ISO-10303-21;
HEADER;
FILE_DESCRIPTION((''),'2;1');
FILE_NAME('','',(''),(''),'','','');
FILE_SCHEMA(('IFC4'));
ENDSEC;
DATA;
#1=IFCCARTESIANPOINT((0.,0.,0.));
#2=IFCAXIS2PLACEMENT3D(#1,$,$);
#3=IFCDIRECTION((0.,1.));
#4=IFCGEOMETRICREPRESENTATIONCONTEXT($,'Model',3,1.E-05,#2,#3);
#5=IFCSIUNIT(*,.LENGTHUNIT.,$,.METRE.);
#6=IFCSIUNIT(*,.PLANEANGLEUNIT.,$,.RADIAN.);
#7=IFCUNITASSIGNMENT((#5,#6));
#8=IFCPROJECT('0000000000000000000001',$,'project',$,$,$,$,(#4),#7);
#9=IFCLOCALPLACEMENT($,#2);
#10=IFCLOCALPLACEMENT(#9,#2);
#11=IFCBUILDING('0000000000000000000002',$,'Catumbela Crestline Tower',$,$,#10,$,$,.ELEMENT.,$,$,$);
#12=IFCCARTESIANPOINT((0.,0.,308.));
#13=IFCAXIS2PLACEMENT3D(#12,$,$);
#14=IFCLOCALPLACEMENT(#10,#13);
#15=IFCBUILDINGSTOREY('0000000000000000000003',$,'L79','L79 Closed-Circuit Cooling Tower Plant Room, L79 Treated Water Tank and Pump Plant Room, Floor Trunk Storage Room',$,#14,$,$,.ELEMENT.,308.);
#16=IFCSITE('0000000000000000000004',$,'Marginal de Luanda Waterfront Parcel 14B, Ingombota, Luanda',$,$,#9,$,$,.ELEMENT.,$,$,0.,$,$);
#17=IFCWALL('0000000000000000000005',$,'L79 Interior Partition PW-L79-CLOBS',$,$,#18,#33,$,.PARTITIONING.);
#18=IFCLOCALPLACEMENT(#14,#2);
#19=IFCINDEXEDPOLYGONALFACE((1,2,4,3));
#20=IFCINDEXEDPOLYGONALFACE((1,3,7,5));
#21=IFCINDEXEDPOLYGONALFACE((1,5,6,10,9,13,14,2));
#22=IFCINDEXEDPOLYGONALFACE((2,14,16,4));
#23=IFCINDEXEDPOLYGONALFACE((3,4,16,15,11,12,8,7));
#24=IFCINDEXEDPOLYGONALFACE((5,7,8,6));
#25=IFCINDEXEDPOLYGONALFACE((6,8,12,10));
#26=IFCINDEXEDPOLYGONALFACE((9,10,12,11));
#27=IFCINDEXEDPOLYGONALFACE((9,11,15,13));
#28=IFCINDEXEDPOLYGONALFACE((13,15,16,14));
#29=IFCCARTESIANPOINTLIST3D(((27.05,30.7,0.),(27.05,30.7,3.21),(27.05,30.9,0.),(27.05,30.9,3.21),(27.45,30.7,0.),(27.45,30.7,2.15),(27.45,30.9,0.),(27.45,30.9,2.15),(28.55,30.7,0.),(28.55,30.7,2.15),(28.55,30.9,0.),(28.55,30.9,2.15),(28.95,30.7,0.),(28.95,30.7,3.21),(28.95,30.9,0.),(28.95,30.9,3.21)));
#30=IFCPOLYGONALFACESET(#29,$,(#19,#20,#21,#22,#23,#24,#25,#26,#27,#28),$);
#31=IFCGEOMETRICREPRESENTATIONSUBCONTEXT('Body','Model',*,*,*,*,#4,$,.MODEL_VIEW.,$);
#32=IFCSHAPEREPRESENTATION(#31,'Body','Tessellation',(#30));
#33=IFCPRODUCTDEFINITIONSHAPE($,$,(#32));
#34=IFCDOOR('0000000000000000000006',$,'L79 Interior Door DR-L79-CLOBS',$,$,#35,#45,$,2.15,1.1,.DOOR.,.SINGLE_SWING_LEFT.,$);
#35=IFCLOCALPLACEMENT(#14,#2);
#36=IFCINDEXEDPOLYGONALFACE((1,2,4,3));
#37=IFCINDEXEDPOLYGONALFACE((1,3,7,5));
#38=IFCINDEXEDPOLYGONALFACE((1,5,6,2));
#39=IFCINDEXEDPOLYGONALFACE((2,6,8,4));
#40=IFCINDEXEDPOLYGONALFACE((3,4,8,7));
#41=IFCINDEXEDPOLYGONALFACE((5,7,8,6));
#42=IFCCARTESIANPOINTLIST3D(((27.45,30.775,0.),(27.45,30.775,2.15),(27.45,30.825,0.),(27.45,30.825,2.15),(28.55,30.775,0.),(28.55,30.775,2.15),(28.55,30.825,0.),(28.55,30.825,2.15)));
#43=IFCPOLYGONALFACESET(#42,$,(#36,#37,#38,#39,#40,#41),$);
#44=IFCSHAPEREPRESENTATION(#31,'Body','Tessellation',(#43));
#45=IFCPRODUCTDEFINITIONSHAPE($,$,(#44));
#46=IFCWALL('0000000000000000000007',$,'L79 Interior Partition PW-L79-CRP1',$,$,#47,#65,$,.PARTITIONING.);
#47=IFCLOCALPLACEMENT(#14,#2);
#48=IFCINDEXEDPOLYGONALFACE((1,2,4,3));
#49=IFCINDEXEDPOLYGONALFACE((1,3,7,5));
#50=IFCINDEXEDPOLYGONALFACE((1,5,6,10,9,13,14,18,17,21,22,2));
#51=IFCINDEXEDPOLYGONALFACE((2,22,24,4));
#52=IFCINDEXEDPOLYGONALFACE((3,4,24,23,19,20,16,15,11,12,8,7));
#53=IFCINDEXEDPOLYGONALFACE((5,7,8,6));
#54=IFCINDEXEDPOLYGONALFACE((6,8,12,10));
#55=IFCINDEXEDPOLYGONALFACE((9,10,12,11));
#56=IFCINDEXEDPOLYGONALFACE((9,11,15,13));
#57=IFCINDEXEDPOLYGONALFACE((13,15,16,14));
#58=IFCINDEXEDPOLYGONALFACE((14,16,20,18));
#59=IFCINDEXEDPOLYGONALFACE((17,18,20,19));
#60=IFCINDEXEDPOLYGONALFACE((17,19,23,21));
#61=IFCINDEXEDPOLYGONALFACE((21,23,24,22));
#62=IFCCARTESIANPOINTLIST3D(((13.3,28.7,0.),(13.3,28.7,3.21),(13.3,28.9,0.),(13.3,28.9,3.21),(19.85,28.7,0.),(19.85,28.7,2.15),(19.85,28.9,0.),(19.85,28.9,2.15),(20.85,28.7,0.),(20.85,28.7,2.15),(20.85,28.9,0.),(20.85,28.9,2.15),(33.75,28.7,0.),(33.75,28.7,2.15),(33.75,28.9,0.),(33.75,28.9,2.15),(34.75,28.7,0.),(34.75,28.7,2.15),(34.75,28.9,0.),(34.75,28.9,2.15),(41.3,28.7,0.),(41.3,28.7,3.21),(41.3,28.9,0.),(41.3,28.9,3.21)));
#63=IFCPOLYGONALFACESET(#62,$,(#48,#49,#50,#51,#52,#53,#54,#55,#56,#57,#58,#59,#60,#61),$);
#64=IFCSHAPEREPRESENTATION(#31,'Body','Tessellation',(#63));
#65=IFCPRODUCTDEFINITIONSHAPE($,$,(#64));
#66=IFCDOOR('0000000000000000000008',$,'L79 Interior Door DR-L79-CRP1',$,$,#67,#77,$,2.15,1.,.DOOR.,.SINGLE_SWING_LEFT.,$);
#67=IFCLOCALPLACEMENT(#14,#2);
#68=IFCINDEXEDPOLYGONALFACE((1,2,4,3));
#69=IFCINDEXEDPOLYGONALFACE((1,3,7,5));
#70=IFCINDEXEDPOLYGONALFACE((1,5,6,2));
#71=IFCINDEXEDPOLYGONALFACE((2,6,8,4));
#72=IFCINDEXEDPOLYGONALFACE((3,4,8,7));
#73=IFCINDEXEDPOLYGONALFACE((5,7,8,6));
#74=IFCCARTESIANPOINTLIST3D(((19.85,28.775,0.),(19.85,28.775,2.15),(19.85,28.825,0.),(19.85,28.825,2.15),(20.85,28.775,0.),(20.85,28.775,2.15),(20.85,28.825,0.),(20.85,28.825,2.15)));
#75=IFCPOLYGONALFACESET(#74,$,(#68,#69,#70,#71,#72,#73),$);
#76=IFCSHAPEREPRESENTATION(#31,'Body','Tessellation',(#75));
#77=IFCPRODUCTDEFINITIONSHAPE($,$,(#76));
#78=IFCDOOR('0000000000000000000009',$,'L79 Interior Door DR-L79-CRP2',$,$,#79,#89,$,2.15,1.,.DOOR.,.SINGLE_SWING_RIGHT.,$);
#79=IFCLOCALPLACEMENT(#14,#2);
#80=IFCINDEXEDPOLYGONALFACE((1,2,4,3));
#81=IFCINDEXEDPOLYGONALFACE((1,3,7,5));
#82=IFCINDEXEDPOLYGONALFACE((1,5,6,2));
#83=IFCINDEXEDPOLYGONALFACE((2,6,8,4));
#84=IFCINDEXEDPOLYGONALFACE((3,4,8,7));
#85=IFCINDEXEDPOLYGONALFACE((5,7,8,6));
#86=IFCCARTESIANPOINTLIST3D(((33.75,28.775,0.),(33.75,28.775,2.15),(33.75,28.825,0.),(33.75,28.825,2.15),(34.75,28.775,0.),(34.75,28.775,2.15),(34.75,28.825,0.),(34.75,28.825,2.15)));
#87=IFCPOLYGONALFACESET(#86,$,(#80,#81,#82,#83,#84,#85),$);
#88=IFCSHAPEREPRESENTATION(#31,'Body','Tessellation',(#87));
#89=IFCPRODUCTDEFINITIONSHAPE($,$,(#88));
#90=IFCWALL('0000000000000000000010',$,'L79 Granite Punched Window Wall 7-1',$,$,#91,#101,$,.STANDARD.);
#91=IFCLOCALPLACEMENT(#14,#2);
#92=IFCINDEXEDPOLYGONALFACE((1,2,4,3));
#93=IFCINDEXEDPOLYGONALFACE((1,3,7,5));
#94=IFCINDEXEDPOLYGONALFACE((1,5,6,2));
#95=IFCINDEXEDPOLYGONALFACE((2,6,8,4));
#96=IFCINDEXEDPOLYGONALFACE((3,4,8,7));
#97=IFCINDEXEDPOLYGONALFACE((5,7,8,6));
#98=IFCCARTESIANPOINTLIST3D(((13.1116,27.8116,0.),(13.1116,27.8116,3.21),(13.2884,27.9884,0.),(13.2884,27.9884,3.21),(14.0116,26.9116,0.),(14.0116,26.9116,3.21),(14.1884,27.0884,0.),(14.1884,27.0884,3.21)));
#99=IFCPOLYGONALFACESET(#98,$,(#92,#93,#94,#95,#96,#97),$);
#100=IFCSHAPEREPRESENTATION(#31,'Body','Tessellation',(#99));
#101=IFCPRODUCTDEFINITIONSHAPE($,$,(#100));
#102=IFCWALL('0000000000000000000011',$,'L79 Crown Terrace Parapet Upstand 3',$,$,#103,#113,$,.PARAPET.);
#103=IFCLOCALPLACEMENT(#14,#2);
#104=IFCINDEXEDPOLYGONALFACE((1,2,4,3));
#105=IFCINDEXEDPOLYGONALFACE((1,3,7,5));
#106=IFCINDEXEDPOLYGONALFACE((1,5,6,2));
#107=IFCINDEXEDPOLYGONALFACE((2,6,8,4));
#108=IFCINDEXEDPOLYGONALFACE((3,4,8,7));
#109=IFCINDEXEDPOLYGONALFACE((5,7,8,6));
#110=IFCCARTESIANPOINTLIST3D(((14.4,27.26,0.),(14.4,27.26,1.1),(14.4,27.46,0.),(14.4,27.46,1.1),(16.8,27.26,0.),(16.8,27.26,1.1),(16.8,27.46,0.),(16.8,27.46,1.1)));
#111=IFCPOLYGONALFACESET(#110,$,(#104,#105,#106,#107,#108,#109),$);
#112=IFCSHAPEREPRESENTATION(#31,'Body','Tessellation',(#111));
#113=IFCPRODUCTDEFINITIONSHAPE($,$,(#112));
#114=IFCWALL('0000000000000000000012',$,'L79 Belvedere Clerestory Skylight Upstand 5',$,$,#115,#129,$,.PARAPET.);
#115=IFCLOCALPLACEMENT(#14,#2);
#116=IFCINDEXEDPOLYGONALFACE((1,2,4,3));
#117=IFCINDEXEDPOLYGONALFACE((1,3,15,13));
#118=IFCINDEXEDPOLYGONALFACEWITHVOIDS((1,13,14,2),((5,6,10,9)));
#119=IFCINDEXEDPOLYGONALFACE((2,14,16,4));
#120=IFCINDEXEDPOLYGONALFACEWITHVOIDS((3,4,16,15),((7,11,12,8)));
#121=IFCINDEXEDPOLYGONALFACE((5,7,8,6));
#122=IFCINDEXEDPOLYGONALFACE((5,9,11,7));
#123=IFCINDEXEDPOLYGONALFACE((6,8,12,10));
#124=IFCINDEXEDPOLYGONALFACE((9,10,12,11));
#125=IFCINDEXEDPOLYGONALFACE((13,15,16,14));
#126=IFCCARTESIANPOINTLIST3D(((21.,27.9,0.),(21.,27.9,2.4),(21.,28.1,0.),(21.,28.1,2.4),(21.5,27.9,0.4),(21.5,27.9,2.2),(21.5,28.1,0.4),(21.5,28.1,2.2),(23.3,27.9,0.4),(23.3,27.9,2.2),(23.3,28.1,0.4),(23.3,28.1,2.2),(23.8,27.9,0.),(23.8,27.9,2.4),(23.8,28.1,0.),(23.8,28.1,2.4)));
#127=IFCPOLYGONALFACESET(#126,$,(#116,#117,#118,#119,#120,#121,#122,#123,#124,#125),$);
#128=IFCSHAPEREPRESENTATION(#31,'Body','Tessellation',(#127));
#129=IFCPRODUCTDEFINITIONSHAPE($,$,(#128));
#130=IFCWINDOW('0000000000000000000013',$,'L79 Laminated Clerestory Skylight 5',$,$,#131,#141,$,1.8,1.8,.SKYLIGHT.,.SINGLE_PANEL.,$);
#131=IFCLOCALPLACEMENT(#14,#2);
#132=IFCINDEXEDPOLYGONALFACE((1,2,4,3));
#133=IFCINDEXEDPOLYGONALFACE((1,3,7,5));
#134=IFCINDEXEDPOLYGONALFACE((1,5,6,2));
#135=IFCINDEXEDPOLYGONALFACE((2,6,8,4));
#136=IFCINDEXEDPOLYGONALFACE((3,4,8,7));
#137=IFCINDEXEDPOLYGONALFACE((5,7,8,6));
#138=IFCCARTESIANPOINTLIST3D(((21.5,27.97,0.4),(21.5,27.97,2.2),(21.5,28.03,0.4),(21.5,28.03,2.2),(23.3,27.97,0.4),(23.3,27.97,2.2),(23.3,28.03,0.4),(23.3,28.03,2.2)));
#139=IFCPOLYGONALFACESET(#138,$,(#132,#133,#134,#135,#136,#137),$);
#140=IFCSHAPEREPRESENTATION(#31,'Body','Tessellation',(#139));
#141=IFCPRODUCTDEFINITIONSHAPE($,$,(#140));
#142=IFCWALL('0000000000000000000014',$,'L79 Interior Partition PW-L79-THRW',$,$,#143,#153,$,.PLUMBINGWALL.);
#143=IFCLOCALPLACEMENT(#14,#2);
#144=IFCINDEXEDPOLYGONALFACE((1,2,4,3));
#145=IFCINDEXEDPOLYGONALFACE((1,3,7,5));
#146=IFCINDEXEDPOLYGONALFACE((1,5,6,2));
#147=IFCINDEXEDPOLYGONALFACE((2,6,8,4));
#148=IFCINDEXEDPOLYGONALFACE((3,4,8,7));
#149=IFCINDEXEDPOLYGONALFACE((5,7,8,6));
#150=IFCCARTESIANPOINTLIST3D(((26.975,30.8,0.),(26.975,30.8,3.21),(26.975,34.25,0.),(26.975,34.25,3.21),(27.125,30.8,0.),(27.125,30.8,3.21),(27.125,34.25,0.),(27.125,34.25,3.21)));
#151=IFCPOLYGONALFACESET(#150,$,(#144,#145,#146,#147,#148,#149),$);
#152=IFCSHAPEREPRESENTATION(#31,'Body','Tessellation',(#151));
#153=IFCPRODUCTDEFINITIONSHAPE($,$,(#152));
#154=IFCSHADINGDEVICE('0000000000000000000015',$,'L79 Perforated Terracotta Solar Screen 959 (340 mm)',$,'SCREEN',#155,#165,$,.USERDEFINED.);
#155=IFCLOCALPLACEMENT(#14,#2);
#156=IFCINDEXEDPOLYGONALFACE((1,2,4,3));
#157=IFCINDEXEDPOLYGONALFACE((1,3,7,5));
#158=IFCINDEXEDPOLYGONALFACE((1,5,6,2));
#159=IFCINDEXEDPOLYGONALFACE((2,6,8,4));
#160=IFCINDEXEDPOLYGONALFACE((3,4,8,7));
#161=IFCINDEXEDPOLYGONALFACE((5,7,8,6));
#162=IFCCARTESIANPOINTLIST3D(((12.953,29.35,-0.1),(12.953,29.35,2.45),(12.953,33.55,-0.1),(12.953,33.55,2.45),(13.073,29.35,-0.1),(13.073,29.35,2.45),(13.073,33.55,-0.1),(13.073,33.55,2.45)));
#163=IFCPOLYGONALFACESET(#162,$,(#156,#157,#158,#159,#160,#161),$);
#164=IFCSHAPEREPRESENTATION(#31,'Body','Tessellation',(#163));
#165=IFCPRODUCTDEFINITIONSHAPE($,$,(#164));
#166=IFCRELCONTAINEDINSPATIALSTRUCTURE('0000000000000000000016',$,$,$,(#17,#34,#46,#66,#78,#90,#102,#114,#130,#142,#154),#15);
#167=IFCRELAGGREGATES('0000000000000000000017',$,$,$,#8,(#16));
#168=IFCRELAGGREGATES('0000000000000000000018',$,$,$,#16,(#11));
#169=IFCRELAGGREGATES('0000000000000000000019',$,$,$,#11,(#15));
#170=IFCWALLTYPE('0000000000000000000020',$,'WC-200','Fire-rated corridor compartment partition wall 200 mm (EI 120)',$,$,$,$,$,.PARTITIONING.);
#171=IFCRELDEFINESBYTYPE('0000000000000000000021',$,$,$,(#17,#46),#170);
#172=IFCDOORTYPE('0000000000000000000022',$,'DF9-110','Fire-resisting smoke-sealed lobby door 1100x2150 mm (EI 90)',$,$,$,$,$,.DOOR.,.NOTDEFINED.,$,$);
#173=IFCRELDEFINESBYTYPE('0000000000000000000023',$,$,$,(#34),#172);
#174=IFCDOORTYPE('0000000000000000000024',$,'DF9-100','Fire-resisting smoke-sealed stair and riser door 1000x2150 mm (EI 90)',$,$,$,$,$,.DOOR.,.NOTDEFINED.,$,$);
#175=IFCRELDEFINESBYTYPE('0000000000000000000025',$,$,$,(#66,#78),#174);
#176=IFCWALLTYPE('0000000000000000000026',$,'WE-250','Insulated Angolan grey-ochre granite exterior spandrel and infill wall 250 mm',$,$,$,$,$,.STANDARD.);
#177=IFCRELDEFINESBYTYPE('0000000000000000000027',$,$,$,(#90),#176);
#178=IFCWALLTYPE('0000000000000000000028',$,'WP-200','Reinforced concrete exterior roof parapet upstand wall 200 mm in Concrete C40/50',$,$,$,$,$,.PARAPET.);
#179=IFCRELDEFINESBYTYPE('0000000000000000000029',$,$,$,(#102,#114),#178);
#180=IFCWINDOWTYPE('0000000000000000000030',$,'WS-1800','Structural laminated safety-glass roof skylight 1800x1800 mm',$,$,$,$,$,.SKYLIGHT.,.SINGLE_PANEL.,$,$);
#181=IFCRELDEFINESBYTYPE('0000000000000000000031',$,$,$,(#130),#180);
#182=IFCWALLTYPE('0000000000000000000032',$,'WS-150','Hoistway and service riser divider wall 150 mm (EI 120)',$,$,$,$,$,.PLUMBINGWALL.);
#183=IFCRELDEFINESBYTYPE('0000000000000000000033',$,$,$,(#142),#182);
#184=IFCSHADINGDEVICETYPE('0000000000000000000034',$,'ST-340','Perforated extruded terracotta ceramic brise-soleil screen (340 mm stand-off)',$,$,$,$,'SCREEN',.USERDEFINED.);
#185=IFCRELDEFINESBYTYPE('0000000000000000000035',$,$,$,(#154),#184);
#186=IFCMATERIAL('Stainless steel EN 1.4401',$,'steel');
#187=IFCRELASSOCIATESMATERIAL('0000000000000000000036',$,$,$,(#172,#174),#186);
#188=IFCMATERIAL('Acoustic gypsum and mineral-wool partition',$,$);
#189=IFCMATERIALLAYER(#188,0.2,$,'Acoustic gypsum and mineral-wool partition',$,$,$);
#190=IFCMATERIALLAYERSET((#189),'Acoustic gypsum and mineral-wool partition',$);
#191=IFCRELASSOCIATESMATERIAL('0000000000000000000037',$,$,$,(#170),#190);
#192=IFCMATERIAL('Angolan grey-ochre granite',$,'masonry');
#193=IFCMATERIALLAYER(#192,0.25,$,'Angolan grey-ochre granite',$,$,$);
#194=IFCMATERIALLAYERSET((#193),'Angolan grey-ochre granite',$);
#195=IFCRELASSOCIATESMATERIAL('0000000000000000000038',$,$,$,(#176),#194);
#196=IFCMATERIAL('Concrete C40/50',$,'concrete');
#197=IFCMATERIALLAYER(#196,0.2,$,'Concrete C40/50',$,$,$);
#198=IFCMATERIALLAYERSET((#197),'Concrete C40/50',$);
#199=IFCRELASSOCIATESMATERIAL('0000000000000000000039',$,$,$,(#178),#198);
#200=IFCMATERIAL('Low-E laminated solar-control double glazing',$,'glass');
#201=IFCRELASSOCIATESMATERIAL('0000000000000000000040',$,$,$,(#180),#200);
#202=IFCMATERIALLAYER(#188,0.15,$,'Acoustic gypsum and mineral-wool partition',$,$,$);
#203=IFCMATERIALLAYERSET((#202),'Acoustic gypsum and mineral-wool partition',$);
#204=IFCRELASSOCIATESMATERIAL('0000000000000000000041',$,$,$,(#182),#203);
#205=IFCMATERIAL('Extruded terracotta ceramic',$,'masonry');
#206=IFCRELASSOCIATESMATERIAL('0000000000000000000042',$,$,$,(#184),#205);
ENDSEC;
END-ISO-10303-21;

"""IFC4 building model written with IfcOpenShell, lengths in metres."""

from ifc_helpers import new_model, si_unit, direction, frame, frame_2d, origin, origin_2d, place, context, subcontext, project, spatial, rectangle, extrude, material, layer, layer_set, type_object, element, fill, save


model = new_model("IFC4")

# Units and contexts
model_context = context("Model", 3, precision=1e-05, world=origin(), true_north=direction((0.0, 1.0)))
body_context = subcontext(model_context, "Body", "Model", "MODEL_VIEW")
ifc_project = project(units=[si_unit("LENGTHUNIT", "METRE"), si_unit("PLANEANGLEUNIT", "RADIAN")], contexts=[model_context])

# Site, building, storey
site_placement = place(None, origin())
site = spatial("IfcSite", under=ifc_project, at=site_placement, Name="Marginal de Luanda Waterfront Parcel 14B, Ingombota, Luanda", CompositionType="ELEMENT", RefElevation=0.0)
building_placement = place(site_placement, origin())
building = spatial("IfcBuilding", under=site, at=building_placement, Name="Catumbela Crestline Tower", CompositionType="ELEMENT")
storey_placement = place(building_placement, frame((0.0, 0.0, 308.0)))
storey = spatial("IfcBuildingStorey", under=building, at=storey_placement, Name="L79", Description="L79 Closed-Circuit Cooling Tower Plant Room, L79 Treated Water Tank and Pump Plant Room, Floor Trunk Storage Room", CompositionType="ELEMENT", Elevation=308.0)

# Shared definitions
ifc_material_1 = material(Name="Low-E laminated solar-control double glazing", Category="glass")

# Wall, opening, door
ifc_material_2 = material(Name="Stainless steel EN 1.4401", Category="steel")
door_type_1 = type_object("IfcDoorType", Name="DF9-110", Description="Fire-resisting smoke-sealed lobby door 1100x2150 mm (EI 90)", OperationType="NOTDEFINED", PredefinedType="DOOR", material=ifc_material_2)
ifc_material_3 = material(Name="Acoustic gypsum and mineral-wool partition")
ifc_layer_1 = layer(ifc_material_3, 0.2, Name="Acoustic gypsum and mineral-wool partition")
ifc_layer_set_1 = layer_set([ifc_layer_1], Name="Acoustic gypsum and mineral-wool partition")
wall_type_1 = type_object("IfcWallType", Name="WC-200", Description="Fire-rated corridor compartment partition wall 200 mm (EI 120)", PredefinedType="PARTITIONING", material=ifc_layer_set_1)
wall_1_placement = place(storey_placement, frame((27.05, 30.8, 0.0), z_axis=(0.0, 0.0, 1.0), x_axis=(1.0, 0.0, 0.0)))
wall_1 = element("IfcWall", 1, at=wall_1_placement, inside=storey, type_object=wall_type_1, Name="L79 Interior Partition PW-L79-CLOBS", PredefinedType="PARTITIONING", context=body_context, shape_type="SweptSolid", body=[
    extrude(rectangle(XDim=1.9, YDim=0.2, at=frame_2d((0.95, 0.0))), origin(), (0.0, 0.0, 1.0), 3.21),
])
opening_1_placement = place(wall_1_placement, frame((0.4, 0.0, 0.0)))
opening_1 = element("IfcOpeningElement", 2, at=opening_1_placement, cuts=wall_1, PredefinedType="OPENING", context=body_context, shape_type="SweptSolid", body=[
    extrude(rectangle(XDim=1.1, YDim=2.15, at=frame_2d((0.55, 1.075))), frame((0.0, 0.11, 0.0), z_axis=(0.0, -1.0, 0.0), x_axis=(1.0, 0.0, 0.0)), (0.0, 0.0, 1.0), 0.22),
])
door_1_placement = place(opening_1_placement, origin())
door_1 = element("IfcDoor", 3, at=door_1_placement, inside=storey, type_object=door_type_1, Name="L79 Interior Door DR-L79-CLOBS", OperationType="SINGLE_SWING_LEFT", OverallHeight=2.15, OverallWidth=1.1, PredefinedType="DOOR", context=body_context, shape_type="SweptSolid", body=[
    extrude(rectangle(XDim=1.1, YDim=2.15, at=frame_2d((0.55, 1.075))), frame((0.0, 0.025, 0.0), z_axis=(0.0, -1.0, 0.0), x_axis=(1.0, 0.0, 0.0)), (0.0, 0.0, 1.0), 0.05),
])
fill(opening_1, door_1)

# Wall, openings, doors
wall_2_placement = place(storey_placement, frame((13.3, 28.8, 0.0), z_axis=(0.0, 0.0, 1.0), x_axis=(1.0, 0.0, 0.0)))
wall_2 = element("IfcWall", 4, at=wall_2_placement, inside=storey, type_object=wall_type_1, Name="L79 Interior Partition PW-L79-CRP1", PredefinedType="PARTITIONING", context=body_context, shape_type="SweptSolid", body=[
    extrude(rectangle(XDim=28.0, YDim=0.2, at=frame_2d((14.0, 0.0))), origin(), (0.0, 0.0, 1.0), 3.21),
])
opening_2_placement = place(wall_2_placement, frame((6.55, 0.0, 0.0)))
opening_2 = element("IfcOpeningElement", 5, at=opening_2_placement, cuts=wall_2, PredefinedType="OPENING", context=body_context, shape_type="SweptSolid", body=[
    extrude(rectangle(XDim=1.0, YDim=2.15, at=frame_2d((0.5, 1.075))), frame((0.0, 0.11, 0.0), z_axis=(0.0, -1.0, 0.0), x_axis=(1.0, 0.0, 0.0)), (0.0, 0.0, 1.0), 0.22),
])
opening_3_placement = place(wall_2_placement, frame((20.45, 0.0, 0.0)))
opening_3 = element("IfcOpeningElement", 6, at=opening_3_placement, cuts=wall_2, PredefinedType="OPENING", context=body_context, shape_type="SweptSolid", body=[
    extrude(rectangle(XDim=1.0, YDim=2.15, at=frame_2d((0.5, 1.075))), frame((0.0, 0.11, 0.0), z_axis=(0.0, -1.0, 0.0), x_axis=(1.0, 0.0, 0.0)), (0.0, 0.0, 1.0), 0.22),
])
door_type_2 = type_object("IfcDoorType", Name="DF9-100", Description="Fire-resisting smoke-sealed stair and riser door 1000x2150 mm (EI 90)", OperationType="NOTDEFINED", PredefinedType="DOOR", material=ifc_material_2)
door_2_placement = place(opening_2_placement, origin())
door_2 = element("IfcDoor", 7, at=door_2_placement, inside=storey, type_object=door_type_2, Name="L79 Interior Door DR-L79-CRP1", OperationType="SINGLE_SWING_LEFT", OverallHeight=2.15, OverallWidth=1.0, PredefinedType="DOOR", context=body_context, shape_type="SweptSolid", body=[
    extrude(rectangle(XDim=1.0, YDim=2.15, at=frame_2d((0.5, 1.075))), frame((0.0, 0.025, 0.0), z_axis=(0.0, -1.0, 0.0), x_axis=(1.0, 0.0, 0.0)), (0.0, 0.0, 1.0), 0.05),
])
fill(opening_2, door_2)
door_3_placement = place(opening_3_placement, origin())
door_3 = element("IfcDoor", 8, at=door_3_placement, inside=storey, type_object=door_type_2, Name="L79 Interior Door DR-L79-CRP2", OperationType="SINGLE_SWING_RIGHT", OverallHeight=2.15, OverallWidth=1.0, PredefinedType="DOOR", context=body_context, shape_type="SweptSolid", body=[
    extrude(rectangle(XDim=1.0, YDim=2.15, at=frame_2d((0.5, 1.075))), frame((0.0, 0.025, 0.0), z_axis=(0.0, -1.0, 0.0), x_axis=(1.0, 0.0, 0.0)), (0.0, 0.0, 1.0), 0.05),
])
fill(opening_3, door_3)

# Walls
ifc_material_4 = material(Name="Angolan grey-ochre granite", Category="masonry")
ifc_layer_2 = layer(ifc_material_4, 0.25, Name="Angolan grey-ochre granite")
ifc_layer_set_2 = layer_set([ifc_layer_2], Name="Angolan grey-ochre granite")
wall_type_2 = type_object("IfcWallType", Name="WE-250", Description="Insulated Angolan grey-ochre granite exterior spandrel and infill wall 250 mm", PredefinedType="STANDARD", material=ifc_layer_set_2)
wall_3_placement = place(storey_placement, frame((13.2, 27.9, 0.0), z_axis=(0.0, 0.0, 1.0), x_axis=(0.707107, -0.707107, 0.0)))
element("IfcWall", 9, at=wall_3_placement, inside=storey, type_object=wall_type_2, Name="L79 Granite Punched Window Wall 7-1", PredefinedType="STANDARD", context=body_context, shape_type="SweptSolid", body=[
    extrude(rectangle(XDim=1.2728, YDim=0.25, at=frame_2d((0.6364, 0.0))), origin(), (0.0, 0.0, 1.0), 3.21),
])
ifc_material_5 = material(Name="Concrete C40/50", Category="concrete")
ifc_layer_3 = layer(ifc_material_5, 0.2, Name="Concrete C40/50")
ifc_layer_set_3 = layer_set([ifc_layer_3], Name="Concrete C40/50")
wall_type_3 = type_object("IfcWallType", Name="WP-200", Description="Reinforced concrete exterior roof parapet upstand wall 200 mm in Concrete C40/50", PredefinedType="PARAPET", material=ifc_layer_set_3)
wall_4_placement = place(storey_placement, frame((14.4, 27.36, 0.0), z_axis=(0.0, 0.0, 1.0), x_axis=(1.0, 0.0, 0.0)))
element("IfcWall", 10, at=wall_4_placement, inside=storey, type_object=wall_type_3, Name="L79 Crown Terrace Parapet Upstand 3", PredefinedType="PARAPET", context=body_context, shape_type="SweptSolid", body=[
    extrude(rectangle(XDim=2.4, YDim=0.2, at=frame_2d((1.2, 0.0))), origin(), (0.0, 0.0, 1.0), 1.1),
])

# Wall, opening, window
wall_5_placement = place(storey_placement, frame((21.0, 28.0, 0.0), z_axis=(0.0, 0.0, 1.0), x_axis=(1.0, 0.0, 0.0)))
wall_5 = element("IfcWall", 11, at=wall_5_placement, inside=storey, type_object=wall_type_3, Name="L79 Belvedere Clerestory Skylight Upstand 5", PredefinedType="PARAPET", context=body_context, shape_type="SweptSolid", body=[
    extrude(rectangle(XDim=2.8, YDim=0.2, at=frame_2d((1.4, 0.0))), origin(), (0.0, 0.0, 1.0), 2.4),
])
opening_4_placement = place(wall_5_placement, frame((0.5, 0.0, 0.4)))
opening_4 = element("IfcOpeningElement", 12, at=opening_4_placement, cuts=wall_5, PredefinedType="OPENING", context=body_context, shape_type="SweptSolid", body=[
    extrude(rectangle(XDim=1.8, YDim=1.8, at=frame_2d((0.9, 0.9))), frame((0.0, 0.11, 0.0), z_axis=(0.0, -1.0, 0.0), x_axis=(1.0, 0.0, 0.0)), (0.0, 0.0, 1.0), 0.22),
])
window_type = type_object("IfcWindowType", Name="WS-1800", Description="Structural laminated safety-glass roof skylight 1800x1800 mm", PartitioningType="SINGLE_PANEL", PredefinedType="SKYLIGHT", material=ifc_material_1)
window_placement = place(opening_4_placement, origin())
window = element("IfcWindow", 13, at=window_placement, inside=storey, type_object=window_type, Name="L79 Laminated Clerestory Skylight 5", OverallHeight=1.8, OverallWidth=1.8, PartitioningType="SINGLE_PANEL", PredefinedType="SKYLIGHT", context=body_context, shape_type="SweptSolid", body=[
    extrude(rectangle(XDim=1.8, YDim=1.8, at=frame_2d((0.9, 0.9))), frame((0.0, 0.03, 0.0), z_axis=(0.0, -1.0, 0.0), x_axis=(1.0, 0.0, 0.0)), (0.0, 0.0, 1.0), 0.06),
])
fill(opening_4, window)

# Wall
ifc_layer_4 = layer(ifc_material_3, 0.15, Name="Acoustic gypsum and mineral-wool partition")
ifc_layer_set_4 = layer_set([ifc_layer_4], Name="Acoustic gypsum and mineral-wool partition")
wall_type_4 = type_object("IfcWallType", Name="WS-150", Description="Hoistway and service riser divider wall 150 mm (EI 120)", PredefinedType="PLUMBINGWALL", material=ifc_layer_set_4)
wall_6_placement = place(storey_placement, frame((27.05, 30.8, 0.0), z_axis=(0.0, 0.0, 1.0), x_axis=(0.0, 1.0, 0.0)))
element("IfcWall", 14, at=wall_6_placement, inside=storey, type_object=wall_type_4, Name="L79 Interior Partition PW-L79-THRW", PredefinedType="PLUMBINGWALL", context=body_context, shape_type="SweptSolid", body=[
    extrude(rectangle(XDim=3.45, YDim=0.15, at=frame_2d((1.725, 0.0))), origin(), (0.0, 0.0, 1.0), 3.21),
])

# Shading device
ifc_material_6 = material(Name="Extruded terracotta ceramic", Category="masonry")
shading_device_type = type_object("IfcShadingDeviceType", Name="ST-340", Description="Perforated extruded terracotta ceramic brise-soleil screen (340 mm stand-off)", ElementType="SCREEN", PredefinedType="USERDEFINED", material=ifc_material_6)
shading_device_placement = place(storey_placement, frame((13.013, 31.45, -0.1), z_axis=(0.0, 0.0, 1.0), x_axis=(0.0, -1.0, 0.0)))
element("IfcShadingDevice", 15, at=shading_device_placement, inside=storey, type_object=shading_device_type, Name="L79 Perforated Terracotta Solar Screen 959 (340 mm)", ObjectType="SCREEN", PredefinedType="USERDEFINED", context=body_context, shape_type="SweptSolid", body=[
    extrude(rectangle(XDim=4.2, YDim=0.12, at=origin_2d()), origin(), (0.0, 0.0, 1.0), 2.55),
])

save(model, "model.ifc")
